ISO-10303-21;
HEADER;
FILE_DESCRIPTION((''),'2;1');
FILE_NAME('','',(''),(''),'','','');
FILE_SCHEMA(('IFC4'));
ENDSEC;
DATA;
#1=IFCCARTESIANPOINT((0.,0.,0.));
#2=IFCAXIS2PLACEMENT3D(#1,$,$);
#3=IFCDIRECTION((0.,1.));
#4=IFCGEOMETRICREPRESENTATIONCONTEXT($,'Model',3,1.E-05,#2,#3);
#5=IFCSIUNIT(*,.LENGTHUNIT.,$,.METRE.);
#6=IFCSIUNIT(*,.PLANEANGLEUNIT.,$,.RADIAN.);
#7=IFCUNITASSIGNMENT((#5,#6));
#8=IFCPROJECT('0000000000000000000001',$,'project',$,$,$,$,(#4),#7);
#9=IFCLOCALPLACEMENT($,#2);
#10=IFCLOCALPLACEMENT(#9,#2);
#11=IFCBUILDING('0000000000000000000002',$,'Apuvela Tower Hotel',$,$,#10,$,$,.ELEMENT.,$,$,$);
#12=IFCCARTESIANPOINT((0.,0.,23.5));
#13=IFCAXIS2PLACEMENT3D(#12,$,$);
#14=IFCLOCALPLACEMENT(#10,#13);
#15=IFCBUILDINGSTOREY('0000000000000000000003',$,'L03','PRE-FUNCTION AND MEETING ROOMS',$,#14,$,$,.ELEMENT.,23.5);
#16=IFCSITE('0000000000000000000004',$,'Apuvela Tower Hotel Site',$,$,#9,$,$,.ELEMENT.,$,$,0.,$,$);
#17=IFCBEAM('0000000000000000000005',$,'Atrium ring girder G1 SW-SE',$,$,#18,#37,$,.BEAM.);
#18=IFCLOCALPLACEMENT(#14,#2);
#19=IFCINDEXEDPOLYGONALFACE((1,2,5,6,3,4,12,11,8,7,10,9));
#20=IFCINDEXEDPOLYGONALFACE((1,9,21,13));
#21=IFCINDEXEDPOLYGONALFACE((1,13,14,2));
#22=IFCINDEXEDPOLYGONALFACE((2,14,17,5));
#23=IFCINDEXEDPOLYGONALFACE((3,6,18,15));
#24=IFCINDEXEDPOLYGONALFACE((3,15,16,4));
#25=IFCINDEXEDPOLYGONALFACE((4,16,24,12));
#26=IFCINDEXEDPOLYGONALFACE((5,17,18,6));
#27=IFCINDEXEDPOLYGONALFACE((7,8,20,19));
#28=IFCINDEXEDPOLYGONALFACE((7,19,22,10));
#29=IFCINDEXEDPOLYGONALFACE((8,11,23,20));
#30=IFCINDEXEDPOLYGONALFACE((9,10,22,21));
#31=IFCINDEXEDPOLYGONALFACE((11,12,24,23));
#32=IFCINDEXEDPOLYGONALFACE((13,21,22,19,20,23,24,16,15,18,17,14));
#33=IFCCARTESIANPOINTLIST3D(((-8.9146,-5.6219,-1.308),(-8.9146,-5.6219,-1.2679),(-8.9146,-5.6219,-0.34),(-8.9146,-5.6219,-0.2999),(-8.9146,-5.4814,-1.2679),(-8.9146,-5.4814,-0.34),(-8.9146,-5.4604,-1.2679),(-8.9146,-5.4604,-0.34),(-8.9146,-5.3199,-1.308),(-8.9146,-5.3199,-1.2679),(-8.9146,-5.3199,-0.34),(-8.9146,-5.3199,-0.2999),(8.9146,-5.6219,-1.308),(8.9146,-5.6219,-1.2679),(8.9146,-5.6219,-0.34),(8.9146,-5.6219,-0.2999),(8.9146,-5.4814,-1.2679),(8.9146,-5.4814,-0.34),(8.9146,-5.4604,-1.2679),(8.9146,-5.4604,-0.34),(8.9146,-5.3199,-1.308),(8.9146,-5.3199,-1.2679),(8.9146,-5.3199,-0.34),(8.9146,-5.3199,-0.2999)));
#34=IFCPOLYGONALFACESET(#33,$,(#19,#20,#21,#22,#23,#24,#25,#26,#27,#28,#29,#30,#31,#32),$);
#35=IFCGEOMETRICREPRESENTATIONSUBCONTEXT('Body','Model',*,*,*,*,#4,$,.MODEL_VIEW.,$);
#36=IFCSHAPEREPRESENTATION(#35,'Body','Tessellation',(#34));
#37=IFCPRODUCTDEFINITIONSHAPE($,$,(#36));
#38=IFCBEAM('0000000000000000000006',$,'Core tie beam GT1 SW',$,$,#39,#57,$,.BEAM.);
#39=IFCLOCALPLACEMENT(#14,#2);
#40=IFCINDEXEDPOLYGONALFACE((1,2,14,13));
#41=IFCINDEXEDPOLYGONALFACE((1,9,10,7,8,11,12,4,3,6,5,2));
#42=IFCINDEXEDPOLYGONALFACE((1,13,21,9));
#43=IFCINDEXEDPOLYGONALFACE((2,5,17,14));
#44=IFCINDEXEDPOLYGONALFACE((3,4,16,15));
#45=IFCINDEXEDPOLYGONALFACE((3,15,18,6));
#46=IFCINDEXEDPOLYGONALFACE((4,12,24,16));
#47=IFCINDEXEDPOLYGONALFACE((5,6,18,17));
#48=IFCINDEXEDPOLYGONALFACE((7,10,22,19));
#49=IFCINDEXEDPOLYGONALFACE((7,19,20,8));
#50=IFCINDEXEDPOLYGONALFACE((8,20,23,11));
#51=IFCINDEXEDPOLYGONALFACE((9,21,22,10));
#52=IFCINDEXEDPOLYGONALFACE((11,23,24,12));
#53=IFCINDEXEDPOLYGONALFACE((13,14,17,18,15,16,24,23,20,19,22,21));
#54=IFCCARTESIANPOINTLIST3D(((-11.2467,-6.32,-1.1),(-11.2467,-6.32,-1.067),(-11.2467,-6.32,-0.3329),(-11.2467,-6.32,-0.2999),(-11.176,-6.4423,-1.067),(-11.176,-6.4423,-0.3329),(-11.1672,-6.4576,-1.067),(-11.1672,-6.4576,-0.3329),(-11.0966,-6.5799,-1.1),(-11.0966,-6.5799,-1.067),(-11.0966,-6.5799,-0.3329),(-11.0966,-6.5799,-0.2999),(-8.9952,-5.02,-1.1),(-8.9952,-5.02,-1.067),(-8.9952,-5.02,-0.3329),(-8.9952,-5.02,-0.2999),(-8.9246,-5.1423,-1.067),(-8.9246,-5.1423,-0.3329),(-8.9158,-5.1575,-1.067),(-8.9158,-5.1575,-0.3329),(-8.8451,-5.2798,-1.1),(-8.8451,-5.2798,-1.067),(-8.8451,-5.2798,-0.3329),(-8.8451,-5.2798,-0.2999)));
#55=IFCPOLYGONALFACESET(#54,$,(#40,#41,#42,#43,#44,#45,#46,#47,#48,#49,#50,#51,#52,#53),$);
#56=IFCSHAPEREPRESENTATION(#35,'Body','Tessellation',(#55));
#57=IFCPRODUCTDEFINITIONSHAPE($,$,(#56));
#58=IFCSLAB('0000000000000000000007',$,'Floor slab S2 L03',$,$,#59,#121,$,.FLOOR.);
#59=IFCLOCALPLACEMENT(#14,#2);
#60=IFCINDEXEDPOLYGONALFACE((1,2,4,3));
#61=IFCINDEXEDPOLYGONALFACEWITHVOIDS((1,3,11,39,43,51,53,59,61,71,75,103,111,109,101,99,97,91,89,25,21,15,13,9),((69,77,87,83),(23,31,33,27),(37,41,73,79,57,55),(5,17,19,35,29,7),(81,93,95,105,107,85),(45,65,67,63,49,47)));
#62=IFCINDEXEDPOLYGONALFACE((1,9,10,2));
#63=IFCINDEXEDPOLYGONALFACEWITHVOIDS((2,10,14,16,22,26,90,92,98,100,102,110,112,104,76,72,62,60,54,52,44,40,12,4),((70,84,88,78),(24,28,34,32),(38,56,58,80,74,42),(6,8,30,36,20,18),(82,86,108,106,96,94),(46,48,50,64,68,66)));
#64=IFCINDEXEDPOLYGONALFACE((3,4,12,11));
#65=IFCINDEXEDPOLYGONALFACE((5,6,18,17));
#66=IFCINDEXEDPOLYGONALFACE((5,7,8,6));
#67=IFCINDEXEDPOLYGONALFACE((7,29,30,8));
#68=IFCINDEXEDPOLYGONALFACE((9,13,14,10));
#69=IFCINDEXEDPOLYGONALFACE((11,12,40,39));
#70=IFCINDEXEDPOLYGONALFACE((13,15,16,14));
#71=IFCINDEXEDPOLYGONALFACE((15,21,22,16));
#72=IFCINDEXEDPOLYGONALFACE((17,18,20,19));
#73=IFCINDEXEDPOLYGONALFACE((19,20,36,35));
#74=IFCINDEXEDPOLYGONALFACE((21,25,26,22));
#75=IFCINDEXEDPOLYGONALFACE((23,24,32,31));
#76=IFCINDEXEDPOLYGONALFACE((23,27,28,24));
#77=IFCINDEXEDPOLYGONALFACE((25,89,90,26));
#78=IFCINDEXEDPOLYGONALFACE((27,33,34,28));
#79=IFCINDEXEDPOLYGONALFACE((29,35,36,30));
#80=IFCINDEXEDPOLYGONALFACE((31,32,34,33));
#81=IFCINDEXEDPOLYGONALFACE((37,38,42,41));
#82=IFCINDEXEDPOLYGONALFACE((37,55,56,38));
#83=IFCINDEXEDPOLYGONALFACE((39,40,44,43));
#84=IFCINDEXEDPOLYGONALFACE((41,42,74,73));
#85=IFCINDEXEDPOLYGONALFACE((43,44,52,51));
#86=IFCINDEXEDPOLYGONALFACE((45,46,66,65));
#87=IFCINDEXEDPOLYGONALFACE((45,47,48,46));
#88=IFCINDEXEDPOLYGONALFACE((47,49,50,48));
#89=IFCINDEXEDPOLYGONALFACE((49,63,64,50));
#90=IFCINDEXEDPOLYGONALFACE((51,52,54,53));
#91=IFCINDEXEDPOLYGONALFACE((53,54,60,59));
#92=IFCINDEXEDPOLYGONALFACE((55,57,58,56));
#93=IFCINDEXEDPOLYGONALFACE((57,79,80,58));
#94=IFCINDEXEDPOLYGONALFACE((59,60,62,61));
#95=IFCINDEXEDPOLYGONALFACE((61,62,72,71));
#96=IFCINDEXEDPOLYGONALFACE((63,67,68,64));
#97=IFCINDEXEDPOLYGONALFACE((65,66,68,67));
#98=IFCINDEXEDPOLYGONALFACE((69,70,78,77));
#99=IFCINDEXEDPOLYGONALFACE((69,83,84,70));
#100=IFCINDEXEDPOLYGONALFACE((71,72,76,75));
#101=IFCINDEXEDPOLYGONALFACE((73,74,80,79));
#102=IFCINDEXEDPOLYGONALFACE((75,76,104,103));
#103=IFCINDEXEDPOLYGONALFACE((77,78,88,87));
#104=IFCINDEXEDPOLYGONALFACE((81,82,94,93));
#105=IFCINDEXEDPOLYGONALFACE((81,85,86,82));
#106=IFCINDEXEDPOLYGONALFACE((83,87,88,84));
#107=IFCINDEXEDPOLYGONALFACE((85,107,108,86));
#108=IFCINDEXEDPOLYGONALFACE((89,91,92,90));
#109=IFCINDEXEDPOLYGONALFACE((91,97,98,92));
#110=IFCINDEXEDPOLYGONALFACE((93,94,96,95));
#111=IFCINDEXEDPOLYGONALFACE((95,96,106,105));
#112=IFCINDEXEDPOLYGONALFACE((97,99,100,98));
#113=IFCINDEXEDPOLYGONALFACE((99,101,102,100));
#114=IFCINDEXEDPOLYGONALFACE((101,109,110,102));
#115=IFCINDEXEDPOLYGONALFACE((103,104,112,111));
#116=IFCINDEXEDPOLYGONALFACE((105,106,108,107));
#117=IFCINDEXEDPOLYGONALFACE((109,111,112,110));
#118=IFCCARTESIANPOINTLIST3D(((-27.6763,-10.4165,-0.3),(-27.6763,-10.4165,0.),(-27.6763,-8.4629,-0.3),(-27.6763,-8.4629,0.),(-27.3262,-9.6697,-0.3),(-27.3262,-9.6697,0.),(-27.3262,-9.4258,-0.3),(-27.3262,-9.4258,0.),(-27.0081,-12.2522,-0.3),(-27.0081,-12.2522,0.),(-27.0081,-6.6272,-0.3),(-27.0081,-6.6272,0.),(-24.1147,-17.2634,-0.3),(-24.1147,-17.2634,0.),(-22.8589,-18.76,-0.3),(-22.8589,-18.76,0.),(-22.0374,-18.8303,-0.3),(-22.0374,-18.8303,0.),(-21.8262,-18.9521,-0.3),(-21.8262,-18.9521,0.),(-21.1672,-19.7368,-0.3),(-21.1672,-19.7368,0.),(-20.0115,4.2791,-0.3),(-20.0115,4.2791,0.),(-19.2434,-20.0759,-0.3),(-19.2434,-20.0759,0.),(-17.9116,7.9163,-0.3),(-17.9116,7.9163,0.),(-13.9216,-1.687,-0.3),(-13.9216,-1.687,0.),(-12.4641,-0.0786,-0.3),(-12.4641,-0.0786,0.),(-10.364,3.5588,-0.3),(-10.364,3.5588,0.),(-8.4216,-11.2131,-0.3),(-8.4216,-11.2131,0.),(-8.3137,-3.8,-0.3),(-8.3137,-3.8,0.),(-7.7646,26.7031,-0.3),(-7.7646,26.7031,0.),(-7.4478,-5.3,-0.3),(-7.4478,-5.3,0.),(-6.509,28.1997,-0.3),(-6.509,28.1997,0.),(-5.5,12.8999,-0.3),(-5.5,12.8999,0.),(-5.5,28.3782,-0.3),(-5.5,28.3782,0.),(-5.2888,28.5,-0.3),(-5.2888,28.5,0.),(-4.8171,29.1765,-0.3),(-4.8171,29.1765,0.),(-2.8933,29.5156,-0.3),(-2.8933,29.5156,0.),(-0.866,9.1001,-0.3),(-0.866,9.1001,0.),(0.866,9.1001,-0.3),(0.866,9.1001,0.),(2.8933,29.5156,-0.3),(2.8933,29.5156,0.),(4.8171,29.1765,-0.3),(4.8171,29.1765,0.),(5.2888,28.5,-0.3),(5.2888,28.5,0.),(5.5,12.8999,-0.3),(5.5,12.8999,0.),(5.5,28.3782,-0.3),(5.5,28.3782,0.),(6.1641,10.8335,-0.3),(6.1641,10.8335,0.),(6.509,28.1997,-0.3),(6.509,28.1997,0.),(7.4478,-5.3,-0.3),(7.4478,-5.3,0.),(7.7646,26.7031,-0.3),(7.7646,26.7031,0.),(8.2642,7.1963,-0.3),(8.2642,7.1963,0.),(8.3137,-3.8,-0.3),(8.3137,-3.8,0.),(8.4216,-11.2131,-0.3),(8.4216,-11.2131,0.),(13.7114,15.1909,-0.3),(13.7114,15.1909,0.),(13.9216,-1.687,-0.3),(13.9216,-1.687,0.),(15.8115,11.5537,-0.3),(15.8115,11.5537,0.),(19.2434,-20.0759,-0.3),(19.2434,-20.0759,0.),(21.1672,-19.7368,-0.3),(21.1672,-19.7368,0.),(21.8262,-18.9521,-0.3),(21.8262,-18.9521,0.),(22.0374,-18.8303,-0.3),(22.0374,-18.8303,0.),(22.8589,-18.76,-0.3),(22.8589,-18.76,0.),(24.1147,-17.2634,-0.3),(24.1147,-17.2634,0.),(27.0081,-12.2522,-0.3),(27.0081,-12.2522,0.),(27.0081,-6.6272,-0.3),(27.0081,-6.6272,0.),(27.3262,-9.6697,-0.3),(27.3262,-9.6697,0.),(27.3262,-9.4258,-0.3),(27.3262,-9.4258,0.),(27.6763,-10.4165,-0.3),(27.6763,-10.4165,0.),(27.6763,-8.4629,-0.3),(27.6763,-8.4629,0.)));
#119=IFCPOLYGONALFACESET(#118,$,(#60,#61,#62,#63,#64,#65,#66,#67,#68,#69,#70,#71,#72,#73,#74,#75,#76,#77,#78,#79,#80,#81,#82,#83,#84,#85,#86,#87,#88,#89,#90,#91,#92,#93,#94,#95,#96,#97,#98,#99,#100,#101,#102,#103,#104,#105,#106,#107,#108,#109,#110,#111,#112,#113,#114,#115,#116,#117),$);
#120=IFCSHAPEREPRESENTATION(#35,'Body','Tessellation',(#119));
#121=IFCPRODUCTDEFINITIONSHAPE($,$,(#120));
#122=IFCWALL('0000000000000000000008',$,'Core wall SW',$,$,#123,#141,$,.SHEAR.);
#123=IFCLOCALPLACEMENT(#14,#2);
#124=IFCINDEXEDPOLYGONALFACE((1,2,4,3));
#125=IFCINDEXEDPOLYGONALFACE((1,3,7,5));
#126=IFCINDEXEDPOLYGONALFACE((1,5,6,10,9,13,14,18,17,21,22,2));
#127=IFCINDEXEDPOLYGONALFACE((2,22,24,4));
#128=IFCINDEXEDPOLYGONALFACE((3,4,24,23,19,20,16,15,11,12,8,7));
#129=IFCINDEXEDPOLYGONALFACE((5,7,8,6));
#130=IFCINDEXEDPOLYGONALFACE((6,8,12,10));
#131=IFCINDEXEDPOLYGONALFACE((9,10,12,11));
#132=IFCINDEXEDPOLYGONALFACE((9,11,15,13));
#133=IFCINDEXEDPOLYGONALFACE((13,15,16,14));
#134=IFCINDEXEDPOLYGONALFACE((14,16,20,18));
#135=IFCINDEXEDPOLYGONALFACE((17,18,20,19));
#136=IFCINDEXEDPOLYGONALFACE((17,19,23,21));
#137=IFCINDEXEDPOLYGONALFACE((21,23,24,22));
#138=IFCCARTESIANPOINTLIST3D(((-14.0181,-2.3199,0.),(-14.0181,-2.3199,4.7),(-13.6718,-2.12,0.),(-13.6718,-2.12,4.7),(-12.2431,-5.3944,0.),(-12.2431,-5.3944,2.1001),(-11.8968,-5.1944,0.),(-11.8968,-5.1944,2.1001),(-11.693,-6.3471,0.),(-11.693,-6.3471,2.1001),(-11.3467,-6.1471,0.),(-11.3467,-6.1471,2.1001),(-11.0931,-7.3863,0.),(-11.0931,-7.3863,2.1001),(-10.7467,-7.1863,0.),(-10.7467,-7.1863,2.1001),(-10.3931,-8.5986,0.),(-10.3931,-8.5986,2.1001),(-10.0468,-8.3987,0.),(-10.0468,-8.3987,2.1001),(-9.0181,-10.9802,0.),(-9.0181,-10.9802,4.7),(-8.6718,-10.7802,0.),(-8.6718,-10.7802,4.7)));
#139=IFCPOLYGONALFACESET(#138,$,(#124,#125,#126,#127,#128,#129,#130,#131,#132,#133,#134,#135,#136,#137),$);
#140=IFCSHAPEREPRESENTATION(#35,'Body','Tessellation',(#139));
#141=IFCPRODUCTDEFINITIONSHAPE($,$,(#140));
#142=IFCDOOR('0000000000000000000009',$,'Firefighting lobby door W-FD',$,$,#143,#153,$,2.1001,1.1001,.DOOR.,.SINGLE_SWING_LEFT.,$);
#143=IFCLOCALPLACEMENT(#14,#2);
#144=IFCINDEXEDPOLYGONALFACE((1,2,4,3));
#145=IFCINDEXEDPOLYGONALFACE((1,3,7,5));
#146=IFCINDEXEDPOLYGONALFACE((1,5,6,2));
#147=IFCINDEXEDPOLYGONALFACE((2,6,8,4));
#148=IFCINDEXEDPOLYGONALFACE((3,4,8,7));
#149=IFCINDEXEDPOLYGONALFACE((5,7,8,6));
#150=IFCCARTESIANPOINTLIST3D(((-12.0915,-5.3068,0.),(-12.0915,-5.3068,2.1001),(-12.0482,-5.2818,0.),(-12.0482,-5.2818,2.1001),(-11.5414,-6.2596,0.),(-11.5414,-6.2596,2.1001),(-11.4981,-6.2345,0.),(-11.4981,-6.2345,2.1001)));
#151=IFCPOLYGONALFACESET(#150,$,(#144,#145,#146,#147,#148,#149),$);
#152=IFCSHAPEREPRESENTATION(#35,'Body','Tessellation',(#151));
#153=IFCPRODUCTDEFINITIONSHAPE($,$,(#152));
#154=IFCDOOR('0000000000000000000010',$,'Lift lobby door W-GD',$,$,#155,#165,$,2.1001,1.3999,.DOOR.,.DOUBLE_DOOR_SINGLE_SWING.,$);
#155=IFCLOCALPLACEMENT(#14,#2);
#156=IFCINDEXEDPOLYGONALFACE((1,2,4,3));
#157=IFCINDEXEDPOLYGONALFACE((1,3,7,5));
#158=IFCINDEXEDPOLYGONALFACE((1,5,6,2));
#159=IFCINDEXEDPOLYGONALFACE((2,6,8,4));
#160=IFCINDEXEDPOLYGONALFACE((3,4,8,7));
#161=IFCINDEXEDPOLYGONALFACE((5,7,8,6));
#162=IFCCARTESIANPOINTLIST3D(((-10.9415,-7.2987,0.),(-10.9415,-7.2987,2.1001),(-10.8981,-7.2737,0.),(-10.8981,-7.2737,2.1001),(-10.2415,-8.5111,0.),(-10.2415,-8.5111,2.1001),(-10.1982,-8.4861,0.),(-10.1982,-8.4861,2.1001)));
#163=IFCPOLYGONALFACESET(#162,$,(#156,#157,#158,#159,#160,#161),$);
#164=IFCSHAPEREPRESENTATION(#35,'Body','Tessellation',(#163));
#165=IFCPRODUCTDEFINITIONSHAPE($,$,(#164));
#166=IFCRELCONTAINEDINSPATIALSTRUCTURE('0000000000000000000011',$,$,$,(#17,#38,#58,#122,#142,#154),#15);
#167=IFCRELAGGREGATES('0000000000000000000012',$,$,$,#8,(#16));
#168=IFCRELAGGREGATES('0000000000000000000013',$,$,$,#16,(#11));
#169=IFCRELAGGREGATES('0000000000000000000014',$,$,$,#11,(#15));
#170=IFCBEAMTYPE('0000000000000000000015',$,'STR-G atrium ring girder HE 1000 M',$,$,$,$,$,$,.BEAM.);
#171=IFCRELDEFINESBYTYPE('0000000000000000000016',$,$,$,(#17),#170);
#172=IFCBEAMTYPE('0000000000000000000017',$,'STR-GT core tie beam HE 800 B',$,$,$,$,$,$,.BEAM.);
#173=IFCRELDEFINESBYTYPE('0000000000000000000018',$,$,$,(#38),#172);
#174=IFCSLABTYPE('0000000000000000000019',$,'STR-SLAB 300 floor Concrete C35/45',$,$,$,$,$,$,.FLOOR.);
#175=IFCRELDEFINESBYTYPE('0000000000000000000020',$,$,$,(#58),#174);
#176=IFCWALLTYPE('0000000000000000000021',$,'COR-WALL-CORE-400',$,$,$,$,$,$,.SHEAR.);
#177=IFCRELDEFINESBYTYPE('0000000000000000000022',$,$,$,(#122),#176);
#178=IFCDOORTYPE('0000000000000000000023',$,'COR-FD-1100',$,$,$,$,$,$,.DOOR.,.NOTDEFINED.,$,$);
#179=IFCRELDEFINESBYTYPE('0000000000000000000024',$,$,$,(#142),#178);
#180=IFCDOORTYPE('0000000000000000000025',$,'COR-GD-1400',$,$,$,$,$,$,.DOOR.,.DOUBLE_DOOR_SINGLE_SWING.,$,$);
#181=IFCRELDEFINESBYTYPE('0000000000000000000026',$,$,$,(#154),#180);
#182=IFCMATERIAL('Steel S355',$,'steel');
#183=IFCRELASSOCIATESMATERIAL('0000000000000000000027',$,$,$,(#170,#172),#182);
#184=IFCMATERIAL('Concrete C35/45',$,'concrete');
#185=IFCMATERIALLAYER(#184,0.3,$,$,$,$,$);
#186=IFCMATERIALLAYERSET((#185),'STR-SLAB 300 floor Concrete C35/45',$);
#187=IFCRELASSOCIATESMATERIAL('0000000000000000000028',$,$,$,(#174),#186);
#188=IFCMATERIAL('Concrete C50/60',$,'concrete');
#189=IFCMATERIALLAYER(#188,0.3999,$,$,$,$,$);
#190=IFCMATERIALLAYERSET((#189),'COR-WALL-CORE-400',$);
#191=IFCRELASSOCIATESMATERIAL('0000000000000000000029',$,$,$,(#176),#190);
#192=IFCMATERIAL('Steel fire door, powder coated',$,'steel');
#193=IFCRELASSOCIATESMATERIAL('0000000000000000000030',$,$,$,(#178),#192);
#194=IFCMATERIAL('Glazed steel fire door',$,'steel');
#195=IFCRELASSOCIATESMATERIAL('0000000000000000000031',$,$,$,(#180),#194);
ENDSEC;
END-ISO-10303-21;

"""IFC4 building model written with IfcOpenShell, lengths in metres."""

from ifc_helpers import new_model, si_unit, direction, frame, frame_2d, origin, origin_2d, place, context, subcontext, project, spatial, polyline, rectangle, i_section, outline, extrude, material, layer, layer_set, material_profile, profile_set, type_object, element, fill, save


model = new_model("IFC4")

# Units and contexts
model_context = context("Model", 3, precision=1e-05, world=origin(), true_north=direction((0.0, 1.0)))
body_context = subcontext(model_context, "Body", "Model", "MODEL_VIEW")
ifc_project = project(units=[si_unit("LENGTHUNIT", "METRE"), si_unit("PLANEANGLEUNIT", "RADIAN")], contexts=[model_context])

# Site, building, storey
site_placement = place(None, origin())
site = spatial("IfcSite", under=ifc_project, at=site_placement, Name="Apuvela Tower Hotel Site", CompositionType="ELEMENT", RefElevation=0.0)
building_placement = place(site_placement, origin())
building = spatial("IfcBuilding", under=site, at=building_placement, Name="Apuvela Tower Hotel", CompositionType="ELEMENT")
storey_placement = place(building_placement, frame((0.0, 0.0, 23.5)))
storey = spatial("IfcBuildingStorey", under=building, at=storey_placement, Name="L03", Description="PRE-FUNCTION AND MEETING ROOMS", CompositionType="ELEMENT", Elevation=23.5)

# Beams
ifc_material_1 = material(Name="Steel S355", Category="steel")
ifc_material_profile_1 = material_profile(ifc_material_1, i_section(OverallWidth=0.302, OverallDepth=1.0081, WebThickness=0.021, FlangeThickness=0.04, at=origin_2d()), Name="HE 1000 M")
ifc_profile_set_1 = profile_set([ifc_material_profile_1], Name="Steel S355")
beam_type_1 = type_object("IfcBeamType", Name="STR-G atrium ring girder HE 1000 M", PredefinedType="BEAM", material=ifc_profile_set_1)
beam_1_placement = place(storey_placement, frame((-8.9146, -5.4709, -0.804), z_axis=(1.0, 0.0, 0.0), x_axis=(0.0, 1.0, 0.0)))
element("IfcBeam", 1, at=beam_1_placement, inside=storey, type_object=beam_type_1, Name="Atrium ring girder G1 SW-SE", PredefinedType="BEAM", context=body_context, shape_type="SweptSolid", body=[
    extrude(i_section(OverallWidth=0.302, OverallDepth=1.0081, WebThickness=0.021, FlangeThickness=0.04, at=origin_2d()), origin(), (0.0, 0.0, 1.0), 17.8291),
])
ifc_material_profile_2 = material_profile(ifc_material_1, i_section(OverallWidth=0.3, OverallDepth=0.8, WebThickness=0.0176, FlangeThickness=0.033, at=origin_2d()), Name="HE 800 B")
ifc_profile_set_2 = profile_set([ifc_material_profile_2], Name="Steel S355")
beam_type_2 = type_object("IfcBeamType", Name="STR-GT core tie beam HE 800 B", PredefinedType="BEAM", material=ifc_profile_set_2)
beam_2_placement = place(storey_placement, frame((-11.1716, -6.45, -0.7), z_axis=(0.865998, 0.500048, 0.0), x_axis=(-0.500048, 0.865998, 0.0)))
element("IfcBeam", 2, at=beam_2_placement, inside=storey, type_object=beam_type_2, Name="Core tie beam GT1 SW", PredefinedType="BEAM", context=body_context, shape_type="SweptSolid", body=[
    extrude(i_section(OverallWidth=0.3, OverallDepth=0.8, WebThickness=0.0176, FlangeThickness=0.033, at=origin_2d()), origin(), (0.0, 0.0, 1.0), 2.5999),
])

# Slab
ifc_material_2 = material(Name="Concrete C35/45", Category="concrete")
ifc_layer_1 = layer(ifc_material_2, 0.3)
ifc_layer_set_1 = layer_set([ifc_layer_1], Name="STR-SLAB 300 floor Concrete C35/45")
slab_type = type_object("IfcSlabType", Name="STR-SLAB 300 floor Concrete C35/45", PredefinedType="FLOOR", material=ifc_layer_set_1)
slab_placement = place(storey_placement, frame((0.0, 0.0, -0.3)))
element("IfcSlab", 3, at=slab_placement, inside=storey, type_object=slab_type, Name="Floor slab S2 L03", PredefinedType="FLOOR", context=body_context, shape_type="SweptSolid", body=[
    extrude(outline(polyline([(7.7646, 26.7031), (6.509, 28.1997), (4.8171, 29.1765), (2.8933, 29.5156), (-2.8933, 29.5156), (-4.8171, 29.1765), (-6.509, 28.1997), (-7.7646, 26.7031), (-27.0081, -6.6272), (-27.6763, -8.4629), (-27.6763, -10.4165), (-27.0081, -12.2522), (-24.1147, -17.2634), (-22.8589, -18.76), (-21.1672, -19.7368), (-19.2434, -20.0759), (19.2434, -20.0759), (21.1672, -19.7368), (22.8589, -18.76), (24.1147, -17.2634), (27.0081, -12.2522), (27.6763, -10.4165), (27.6763, -8.4629), (27.0081, -6.6272), (7.7646, 26.7031)]), holes=[polyline([(0.866, 9.1001), (-0.866, 9.1001), (-8.3137, -3.8), (-7.4478, -5.3), (7.4478, -5.3), (8.3137, -3.8), (0.866, 9.1001)]), polyline([(-5.5, 12.8999), (-5.5, 28.3782), (-5.2888, 28.5), (5.2888, 28.5), (5.5, 28.3782), (5.5, 12.8999), (-5.5, 12.8999)]), polyline([(-8.4216, -11.2131), (-21.8262, -18.9521), (-22.0374, -18.8303), (-27.3262, -9.6697), (-27.3262, -9.4258), (-13.9216, -1.687), (-8.4216, -11.2131)]), polyline([(13.9216, -1.687), (27.3262, -9.4258), (27.3262, -9.6697), (22.0374, -18.8303), (21.8262, -18.9521), (8.4216, -11.2131), (13.9216, -1.687)]), polyline([(8.2642, 7.1963), (6.1641, 10.8335), (13.7114, 15.1909), (15.8115, 11.5537), (8.2642, 7.1963)]), polyline([(-12.4641, -0.0786), (-20.0115, 4.2791), (-17.9116, 7.9163), (-10.364, 3.5588), (-12.4641, -0.0786)])]), origin(), (0.0, 0.0, 1.0), 0.3),
])

# Wall, openings, doors
ifc_material_3 = material(Name="Concrete C50/60", Category="concrete")
ifc_layer_2 = layer(ifc_material_3, 0.3999)
ifc_layer_set_2 = layer_set([ifc_layer_2], Name="COR-WALL-CORE-400")
wall_type_1 = type_object("IfcWallType", Name="COR-WALL-CORE-400", PredefinedType="SHEAR", material=ifc_layer_set_2)
wall_1_placement = place(storey_placement, frame((-13.845, -2.22, 0.0), z_axis=(0.0, 0.0, 1.0), x_axis=(0.500004, -0.866023, 0.0)))
wall_1 = element("IfcWall", 4, at=wall_1_placement, inside=storey, type_object=wall_type_1, Name="Core wall SW", PredefinedType="SHEAR", context=body_context, shape_type="SweptSolid", body=[
    extrude(rectangle(XDim=10.0, YDim=0.3999, at=frame_2d((5.0, 0.0))), origin(), (0.0, 0.0, 1.0), 4.7),
])
opening_1_placement = place(wall_1_placement, frame((3.55, 0.0, 0.0)))
opening_1 = element("IfcOpeningElement", 5, at=opening_1_placement, cuts=wall_1, PredefinedType="OPENING", context=body_context, shape_type="SweptSolid", body=[
    extrude(rectangle(XDim=1.1001, YDim=2.1001, at=frame_2d((0.55, 1.05))), frame((0.0, 0.21, 0.0), z_axis=(0.0, -1.0, 0.0), x_axis=(1.0, 0.0, 0.0)), (0.0, 0.0, 1.0), 0.4199),
])
opening_2_placement = place(wall_1_placement, frame((5.8501, 0.0, 0.0)))
opening_2 = element("IfcOpeningElement", 6, at=opening_2_placement, cuts=wall_1, PredefinedType="OPENING", context=body_context, shape_type="SweptSolid", body=[
    extrude(rectangle(XDim=1.3999, YDim=2.1001, at=frame_2d((0.7, 1.05))), frame((0.0, 0.21, 0.0), z_axis=(0.0, -1.0, 0.0), x_axis=(1.0, 0.0, 0.0)), (0.0, 0.0, 1.0), 0.4199),
])
ifc_material_4 = material(Name="Steel fire door, powder coated", Category="steel")
door_type_1 = type_object("IfcDoorType", Name="COR-FD-1100", OperationType="NOTDEFINED", PredefinedType="DOOR", material=ifc_material_4)
door_1_placement = place(opening_1_placement, frame((1.1001, 0.0, 0.0), z_axis=(0.0, 0.0, 1.0), x_axis=(-1.0, 0.0, 0.0)))
door_1 = element("IfcDoor", 7, at=door_1_placement, inside=storey, type_object=door_type_1, Name="Firefighting lobby door W-FD", OperationType="SINGLE_SWING_LEFT", OverallHeight=2.1001, OverallWidth=1.1001, PredefinedType="DOOR", context=body_context, shape_type="SweptSolid", body=[
    extrude(rectangle(XDim=1.1001, YDim=2.1001, at=frame_2d((0.55, 1.05))), frame((0.0, 0.0249, 0.0), z_axis=(0.0, -1.0, 0.0), x_axis=(1.0, 0.0, 0.0)), (0.0, 0.0, 1.0), 0.05),
])
fill(opening_1, door_1)
ifc_material_5 = material(Name="Glazed steel fire door", Category="steel")
door_type_2 = type_object("IfcDoorType", Name="COR-GD-1400", OperationType="DOUBLE_DOOR_SINGLE_SWING", PredefinedType="DOOR", material=ifc_material_5)
door_2_placement = place(opening_2_placement, frame((1.3999, 0.0, 0.0), z_axis=(0.0, 0.0, 1.0), x_axis=(-1.0, 0.0, 0.0)))
door_2 = element("IfcDoor", 8, at=door_2_placement, inside=storey, type_object=door_type_2, Name="Lift lobby door W-GD", OperationType="DOUBLE_DOOR_SINGLE_SWING", OverallHeight=2.1001, OverallWidth=1.3999, PredefinedType="DOOR", context=body_context, shape_type="SweptSolid", body=[
    extrude(rectangle(XDim=1.3999, YDim=2.1001, at=frame_2d((0.7, 1.05))), frame((0.0, 0.0249, 0.0), z_axis=(0.0, -1.0, 0.0), x_axis=(1.0, 0.0, 0.0)), (0.0, 0.0, 1.0), 0.05),
])
fill(opening_2, door_2)

save(model, "model.ifc")
